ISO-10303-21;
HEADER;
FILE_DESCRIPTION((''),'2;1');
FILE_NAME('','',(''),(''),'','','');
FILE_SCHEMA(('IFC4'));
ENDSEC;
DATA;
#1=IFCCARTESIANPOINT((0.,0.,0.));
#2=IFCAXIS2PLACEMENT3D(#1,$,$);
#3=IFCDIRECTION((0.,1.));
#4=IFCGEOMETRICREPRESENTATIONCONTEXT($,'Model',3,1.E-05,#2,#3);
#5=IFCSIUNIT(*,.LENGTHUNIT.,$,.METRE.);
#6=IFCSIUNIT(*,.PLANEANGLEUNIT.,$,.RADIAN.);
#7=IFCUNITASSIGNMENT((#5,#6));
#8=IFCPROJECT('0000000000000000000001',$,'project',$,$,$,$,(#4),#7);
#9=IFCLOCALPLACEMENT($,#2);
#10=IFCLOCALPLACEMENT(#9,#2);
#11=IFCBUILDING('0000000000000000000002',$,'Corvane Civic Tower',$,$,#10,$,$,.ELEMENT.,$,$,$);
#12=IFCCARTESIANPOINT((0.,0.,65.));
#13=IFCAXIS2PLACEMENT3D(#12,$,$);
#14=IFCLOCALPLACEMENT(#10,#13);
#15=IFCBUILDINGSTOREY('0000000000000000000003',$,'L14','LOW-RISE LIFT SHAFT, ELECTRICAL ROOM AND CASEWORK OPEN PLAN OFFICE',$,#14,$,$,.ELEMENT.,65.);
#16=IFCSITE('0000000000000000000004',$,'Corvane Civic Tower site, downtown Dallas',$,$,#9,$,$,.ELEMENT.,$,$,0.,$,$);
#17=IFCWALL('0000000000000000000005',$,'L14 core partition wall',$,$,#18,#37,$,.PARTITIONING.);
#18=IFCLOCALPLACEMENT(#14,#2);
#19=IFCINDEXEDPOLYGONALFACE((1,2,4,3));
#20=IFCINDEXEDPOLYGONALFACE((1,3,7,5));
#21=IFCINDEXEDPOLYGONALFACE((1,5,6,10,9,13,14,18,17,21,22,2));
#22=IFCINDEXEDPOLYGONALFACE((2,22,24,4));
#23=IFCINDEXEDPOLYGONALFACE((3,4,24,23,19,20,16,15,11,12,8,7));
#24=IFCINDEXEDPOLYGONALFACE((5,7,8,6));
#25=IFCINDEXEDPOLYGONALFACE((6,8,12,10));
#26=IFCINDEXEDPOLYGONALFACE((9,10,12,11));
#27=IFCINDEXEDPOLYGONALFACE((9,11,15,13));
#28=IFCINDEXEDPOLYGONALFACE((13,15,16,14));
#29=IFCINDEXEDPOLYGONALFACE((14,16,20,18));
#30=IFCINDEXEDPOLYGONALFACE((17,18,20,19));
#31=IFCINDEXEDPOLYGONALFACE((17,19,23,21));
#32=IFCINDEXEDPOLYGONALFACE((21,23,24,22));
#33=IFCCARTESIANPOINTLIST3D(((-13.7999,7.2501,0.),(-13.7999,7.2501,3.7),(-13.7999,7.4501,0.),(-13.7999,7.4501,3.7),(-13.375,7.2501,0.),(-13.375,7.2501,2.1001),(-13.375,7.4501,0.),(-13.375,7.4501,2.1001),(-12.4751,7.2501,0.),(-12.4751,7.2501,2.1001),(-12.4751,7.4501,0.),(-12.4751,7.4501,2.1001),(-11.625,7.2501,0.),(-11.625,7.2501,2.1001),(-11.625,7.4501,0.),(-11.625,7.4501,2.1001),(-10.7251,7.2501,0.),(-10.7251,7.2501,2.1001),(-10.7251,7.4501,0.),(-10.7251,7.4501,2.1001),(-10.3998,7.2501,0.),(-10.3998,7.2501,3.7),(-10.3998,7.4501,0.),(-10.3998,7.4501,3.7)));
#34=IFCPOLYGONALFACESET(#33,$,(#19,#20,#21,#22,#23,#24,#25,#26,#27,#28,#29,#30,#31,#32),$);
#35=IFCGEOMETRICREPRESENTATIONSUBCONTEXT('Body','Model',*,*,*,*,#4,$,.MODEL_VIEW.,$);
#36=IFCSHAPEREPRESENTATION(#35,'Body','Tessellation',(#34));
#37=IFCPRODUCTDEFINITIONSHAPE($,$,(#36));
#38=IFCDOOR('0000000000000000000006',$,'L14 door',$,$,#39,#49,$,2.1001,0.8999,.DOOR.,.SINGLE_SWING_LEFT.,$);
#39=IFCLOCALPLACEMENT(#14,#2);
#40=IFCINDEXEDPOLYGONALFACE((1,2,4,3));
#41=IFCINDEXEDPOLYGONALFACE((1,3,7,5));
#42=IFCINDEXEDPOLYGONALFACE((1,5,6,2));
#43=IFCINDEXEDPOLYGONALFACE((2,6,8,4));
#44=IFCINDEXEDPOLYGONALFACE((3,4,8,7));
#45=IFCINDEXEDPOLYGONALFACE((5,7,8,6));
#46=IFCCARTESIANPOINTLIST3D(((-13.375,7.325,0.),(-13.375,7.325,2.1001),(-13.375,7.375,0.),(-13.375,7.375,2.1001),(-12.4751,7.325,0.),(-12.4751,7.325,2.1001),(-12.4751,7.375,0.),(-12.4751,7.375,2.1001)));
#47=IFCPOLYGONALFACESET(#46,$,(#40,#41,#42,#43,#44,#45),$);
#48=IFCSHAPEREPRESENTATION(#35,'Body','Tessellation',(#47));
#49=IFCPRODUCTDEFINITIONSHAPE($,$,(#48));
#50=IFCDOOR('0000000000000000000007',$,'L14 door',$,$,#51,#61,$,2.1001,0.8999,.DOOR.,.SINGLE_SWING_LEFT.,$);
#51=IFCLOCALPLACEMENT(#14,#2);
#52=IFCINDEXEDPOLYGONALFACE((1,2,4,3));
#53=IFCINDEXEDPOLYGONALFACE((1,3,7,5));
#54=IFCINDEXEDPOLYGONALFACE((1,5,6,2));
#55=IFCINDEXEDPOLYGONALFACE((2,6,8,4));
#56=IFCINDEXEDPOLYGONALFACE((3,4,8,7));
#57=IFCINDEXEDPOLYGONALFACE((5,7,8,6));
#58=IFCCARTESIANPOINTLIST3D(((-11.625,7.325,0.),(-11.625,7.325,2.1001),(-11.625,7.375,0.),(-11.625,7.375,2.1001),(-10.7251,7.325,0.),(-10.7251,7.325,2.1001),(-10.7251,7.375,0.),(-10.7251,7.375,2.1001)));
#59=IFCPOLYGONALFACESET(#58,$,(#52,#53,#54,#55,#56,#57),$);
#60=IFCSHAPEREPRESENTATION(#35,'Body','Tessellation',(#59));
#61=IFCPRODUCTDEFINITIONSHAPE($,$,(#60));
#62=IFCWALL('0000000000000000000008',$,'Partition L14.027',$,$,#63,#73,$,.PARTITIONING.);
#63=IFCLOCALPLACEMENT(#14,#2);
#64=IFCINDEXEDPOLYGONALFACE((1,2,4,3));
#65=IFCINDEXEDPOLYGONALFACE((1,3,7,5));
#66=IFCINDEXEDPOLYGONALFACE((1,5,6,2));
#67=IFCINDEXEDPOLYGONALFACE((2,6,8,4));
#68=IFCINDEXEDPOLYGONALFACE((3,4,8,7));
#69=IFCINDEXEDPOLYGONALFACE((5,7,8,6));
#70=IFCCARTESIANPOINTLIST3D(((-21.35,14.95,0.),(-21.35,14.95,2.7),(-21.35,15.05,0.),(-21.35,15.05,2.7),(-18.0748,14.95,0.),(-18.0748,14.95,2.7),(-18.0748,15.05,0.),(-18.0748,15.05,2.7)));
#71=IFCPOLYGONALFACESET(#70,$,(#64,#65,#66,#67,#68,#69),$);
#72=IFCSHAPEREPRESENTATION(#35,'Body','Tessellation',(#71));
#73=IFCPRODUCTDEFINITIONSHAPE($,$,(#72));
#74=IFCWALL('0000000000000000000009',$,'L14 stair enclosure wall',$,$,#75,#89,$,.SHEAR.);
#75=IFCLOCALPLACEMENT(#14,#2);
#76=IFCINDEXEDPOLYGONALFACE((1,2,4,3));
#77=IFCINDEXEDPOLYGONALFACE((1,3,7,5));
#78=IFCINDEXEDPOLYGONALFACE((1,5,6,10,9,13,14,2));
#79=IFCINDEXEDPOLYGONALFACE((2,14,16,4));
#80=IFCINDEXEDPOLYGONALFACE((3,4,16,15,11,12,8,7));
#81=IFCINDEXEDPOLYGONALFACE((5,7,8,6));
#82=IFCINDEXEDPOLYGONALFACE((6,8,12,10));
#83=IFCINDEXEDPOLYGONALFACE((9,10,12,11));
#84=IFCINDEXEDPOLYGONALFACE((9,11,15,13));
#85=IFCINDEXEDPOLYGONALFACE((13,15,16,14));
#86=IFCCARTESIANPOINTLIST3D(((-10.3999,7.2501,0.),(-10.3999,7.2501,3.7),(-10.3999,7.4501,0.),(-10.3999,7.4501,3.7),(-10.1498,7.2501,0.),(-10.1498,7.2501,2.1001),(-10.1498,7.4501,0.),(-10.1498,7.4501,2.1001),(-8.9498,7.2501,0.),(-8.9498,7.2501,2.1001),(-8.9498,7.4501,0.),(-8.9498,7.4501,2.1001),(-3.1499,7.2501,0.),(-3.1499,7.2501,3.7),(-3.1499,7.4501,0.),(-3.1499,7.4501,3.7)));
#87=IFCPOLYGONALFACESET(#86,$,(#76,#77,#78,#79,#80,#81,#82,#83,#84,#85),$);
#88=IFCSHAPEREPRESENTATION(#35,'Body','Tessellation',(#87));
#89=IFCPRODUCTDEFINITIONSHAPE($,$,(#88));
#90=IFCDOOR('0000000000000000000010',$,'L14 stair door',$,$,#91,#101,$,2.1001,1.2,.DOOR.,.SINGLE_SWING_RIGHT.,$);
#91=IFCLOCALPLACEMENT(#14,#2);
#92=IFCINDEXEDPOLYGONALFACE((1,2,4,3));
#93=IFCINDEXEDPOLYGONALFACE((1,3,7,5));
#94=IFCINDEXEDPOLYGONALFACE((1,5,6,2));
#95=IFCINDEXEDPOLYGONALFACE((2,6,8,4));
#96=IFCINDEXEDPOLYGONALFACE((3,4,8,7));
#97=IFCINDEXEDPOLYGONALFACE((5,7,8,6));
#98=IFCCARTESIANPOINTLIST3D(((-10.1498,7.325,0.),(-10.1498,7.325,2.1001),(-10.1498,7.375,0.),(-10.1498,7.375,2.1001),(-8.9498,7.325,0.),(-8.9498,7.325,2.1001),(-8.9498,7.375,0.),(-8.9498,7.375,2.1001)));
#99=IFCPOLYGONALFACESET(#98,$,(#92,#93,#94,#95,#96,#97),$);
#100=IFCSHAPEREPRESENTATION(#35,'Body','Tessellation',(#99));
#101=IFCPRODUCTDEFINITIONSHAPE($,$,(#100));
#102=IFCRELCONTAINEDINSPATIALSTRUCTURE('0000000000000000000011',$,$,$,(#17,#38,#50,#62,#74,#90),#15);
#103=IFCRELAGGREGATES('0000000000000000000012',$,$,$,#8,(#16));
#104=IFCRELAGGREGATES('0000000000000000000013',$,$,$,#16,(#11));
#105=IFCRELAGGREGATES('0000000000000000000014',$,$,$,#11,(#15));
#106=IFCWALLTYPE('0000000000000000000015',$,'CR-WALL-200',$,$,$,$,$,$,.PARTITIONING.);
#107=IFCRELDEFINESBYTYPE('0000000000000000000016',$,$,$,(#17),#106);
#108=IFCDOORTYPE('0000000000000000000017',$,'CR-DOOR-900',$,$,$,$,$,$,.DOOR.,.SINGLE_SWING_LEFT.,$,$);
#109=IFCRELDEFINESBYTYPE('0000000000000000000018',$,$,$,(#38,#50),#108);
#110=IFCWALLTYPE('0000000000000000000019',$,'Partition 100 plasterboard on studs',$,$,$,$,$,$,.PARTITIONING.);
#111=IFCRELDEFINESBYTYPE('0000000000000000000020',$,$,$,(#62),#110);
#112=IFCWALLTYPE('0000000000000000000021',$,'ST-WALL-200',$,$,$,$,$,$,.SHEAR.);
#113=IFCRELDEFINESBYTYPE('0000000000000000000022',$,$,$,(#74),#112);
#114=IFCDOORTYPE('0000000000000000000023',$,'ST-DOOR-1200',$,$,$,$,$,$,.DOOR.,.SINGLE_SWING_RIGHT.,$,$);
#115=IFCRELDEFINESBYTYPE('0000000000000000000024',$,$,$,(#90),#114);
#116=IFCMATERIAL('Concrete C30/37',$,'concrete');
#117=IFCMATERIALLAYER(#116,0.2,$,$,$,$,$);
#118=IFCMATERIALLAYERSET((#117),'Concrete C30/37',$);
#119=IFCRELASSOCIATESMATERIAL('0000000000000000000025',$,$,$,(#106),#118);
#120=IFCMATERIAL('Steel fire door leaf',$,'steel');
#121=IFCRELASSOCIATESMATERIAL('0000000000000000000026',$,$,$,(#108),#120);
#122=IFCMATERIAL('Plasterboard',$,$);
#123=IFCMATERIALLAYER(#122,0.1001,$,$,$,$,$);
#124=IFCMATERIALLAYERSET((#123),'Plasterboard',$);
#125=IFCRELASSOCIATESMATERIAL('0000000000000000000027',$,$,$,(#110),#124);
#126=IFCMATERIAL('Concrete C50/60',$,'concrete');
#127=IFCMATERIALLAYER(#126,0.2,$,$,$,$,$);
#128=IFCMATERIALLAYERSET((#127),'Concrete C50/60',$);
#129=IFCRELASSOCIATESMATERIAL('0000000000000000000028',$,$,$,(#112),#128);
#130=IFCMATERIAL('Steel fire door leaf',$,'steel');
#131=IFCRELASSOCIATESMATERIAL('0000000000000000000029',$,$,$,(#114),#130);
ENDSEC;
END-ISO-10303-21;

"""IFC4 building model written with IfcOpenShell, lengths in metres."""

from ifc_helpers import new_model, si_unit, direction, frame, frame_2d, origin, place, context, subcontext, project, spatial, rectangle, extrude, material, layer, layer_set, type_object, element, fill, save


model = new_model("IFC4")

# Units and contexts
model_context = context("Model", 3, precision=1e-05, world=origin(), true_north=direction((0.0, 1.0)))
body_context = subcontext(model_context, "Body", "Model", "MODEL_VIEW")
ifc_project = project(units=[si_unit("LENGTHUNIT", "METRE"), si_unit("PLANEANGLEUNIT", "RADIAN")], contexts=[model_context])

# Site, building, storey
site_placement = place(None, origin())
site = spatial("IfcSite", under=ifc_project, at=site_placement, Name="Corvane Civic Tower site, downtown Dallas", CompositionType="ELEMENT", RefElevation=0.0)
building_placement = place(site_placement, origin())
building = spatial("IfcBuilding", under=site, at=building_placement, Name="Corvane Civic Tower", CompositionType="ELEMENT")
storey_placement = place(building_placement, frame((0.0, 0.0, 65.0)))
storey = spatial("IfcBuildingStorey", under=building, at=storey_placement, Name="L14", Description="LOW-RISE LIFT SHAFT, ELECTRICAL ROOM AND CASEWORK OPEN PLAN OFFICE", CompositionType="ELEMENT", Elevation=65.0)

# Wall, openings, doors
ifc_material_1 = material(Name="Concrete C30/37", Category="concrete")
ifc_layer_1 = layer(ifc_material_1, 0.2)
ifc_layer_set_1 = layer_set([ifc_layer_1], Name="Concrete C30/37")
wall_type_1 = type_object("IfcWallType", Name="CR-WALL-200", PredefinedType="PARTITIONING", material=ifc_layer_set_1)
wall_1_placement = place(storey_placement, frame((-13.8, 7.3501, 0.0), z_axis=(0.0, 0.0, 1.0), x_axis=(1.0, 0.0, 0.0)))
wall_1 = element("IfcWall", 1, at=wall_1_placement, inside=storey, type_object=wall_type_1, Name="L14 core partition wall", PredefinedType="PARTITIONING", context=body_context, shape_type="SweptSolid", body=[
    extrude(rectangle(XDim=3.4001, YDim=0.2, at=frame_2d((1.7002, 0.0))), origin(), (0.0, 0.0, 1.0), 3.7),
])
opening_1_placement = place(wall_1_placement, frame((0.425, 0.0, 0.0)))
opening_1 = element("IfcOpeningElement", 2, at=opening_1_placement, cuts=wall_1, PredefinedType="OPENING", context=body_context, shape_type="SweptSolid", body=[
    extrude(rectangle(XDim=0.8999, YDim=2.1001, at=frame_2d((0.45, 1.05))), frame((0.0, 0.1099, 0.0), z_axis=(0.0, -1.0, 0.0), x_axis=(1.0, 0.0, 0.0)), (0.0, 0.0, 1.0), 0.22),
])
opening_2_placement = place(wall_1_placement, frame((2.175, 0.0, 0.0)))
opening_2 = element("IfcOpeningElement", 3, at=opening_2_placement, cuts=wall_1, PredefinedType="OPENING", context=body_context, shape_type="SweptSolid", body=[
    extrude(rectangle(XDim=0.8999, YDim=2.1001, at=frame_2d((0.45, 1.05))), frame((0.0, 0.1099, 0.0), z_axis=(0.0, -1.0, 0.0), x_axis=(1.0, 0.0, 0.0)), (0.0, 0.0, 1.0), 0.22),
])
ifc_material_2 = material(Name="Steel fire door leaf", Category="steel")
door_type_1 = type_object("IfcDoorType", Name="CR-DOOR-900", OperationType="SINGLE_SWING_LEFT", PredefinedType="DOOR", material=ifc_material_2)
door_1_placement = place(opening_1_placement, origin())
door_1 = element("IfcDoor", 4, at=door_1_placement, inside=storey, type_object=door_type_1, Name="L14 door", OperationType="SINGLE_SWING_LEFT", OverallHeight=2.1001, OverallWidth=0.8999, PredefinedType="DOOR", context=body_context, shape_type="SweptSolid", body=[
    extrude(rectangle(XDim=0.8999, YDim=2.1001, at=frame_2d((0.45, 1.05))), frame((0.0, 0.0249, 0.0), z_axis=(0.0, -1.0, 0.0), x_axis=(1.0, 0.0, 0.0)), (0.0, 0.0, 1.0), 0.05),
])
fill(opening_1, door_1)
door_2_placement = place(opening_2_placement, origin())
door_2 = element("IfcDoor", 5, at=door_2_placement, inside=storey, type_object=door_type_1, Name="L14 door", OperationType="SINGLE_SWING_LEFT", OverallHeight=2.1001, OverallWidth=0.8999, PredefinedType="DOOR", context=body_context, shape_type="SweptSolid", body=[
    extrude(rectangle(XDim=0.8999, YDim=2.1001, at=frame_2d((0.45, 1.05))), frame((0.0, 0.0249, 0.0), z_axis=(0.0, -1.0, 0.0), x_axis=(1.0, 0.0, 0.0)), (0.0, 0.0, 1.0), 0.05),
])
fill(opening_2, door_2)

# Wall
ifc_material_3 = material(Name="Plasterboard")
ifc_layer_2 = layer(ifc_material_3, 0.1001)
ifc_layer_set_2 = layer_set([ifc_layer_2], Name="Plasterboard")
wall_type_2 = type_object("IfcWallType", Name="Partition 100 plasterboard on studs", PredefinedType="PARTITIONING", material=ifc_layer_set_2)
wall_2_placement = place(storey_placement, frame((-21.3501, 15.0, 0.0), z_axis=(0.0, 0.0, 1.0), x_axis=(1.0, 0.0, 0.0)))
element("IfcWall", 6, at=wall_2_placement, inside=storey, type_object=wall_type_2, Name="Partition L14.027", PredefinedType="PARTITIONING", context=body_context, shape_type="SweptSolid", body=[
    extrude(rectangle(XDim=3.2751, YDim=0.1001, at=frame_2d((1.6377, 0.0))), origin(), (0.0, 0.0, 1.0), 2.7),
])

# Wall, opening, door
ifc_material_4 = material(Name="Concrete C50/60", Category="concrete")
ifc_layer_3 = layer(ifc_material_4, 0.2)
ifc_layer_set_3 = layer_set([ifc_layer_3], Name="Concrete C50/60")
wall_type_3 = type_object("IfcWallType", Name="ST-WALL-200", PredefinedType="SHEAR", material=ifc_layer_set_3)
wall_3_placement = place(storey_placement, frame((-10.3999, 7.3501, 0.0), z_axis=(0.0, 0.0, 1.0), x_axis=(1.0, 0.0, 0.0)))
wall_3 = element("IfcWall", 7, at=wall_3_placement, inside=storey, type_object=wall_type_3, Name="L14 stair enclosure wall", PredefinedType="SHEAR", context=body_context, shape_type="SweptSolid", body=[
    extrude(rectangle(XDim=7.25, YDim=0.2, at=frame_2d((3.625, 0.0))), origin(), (0.0, 0.0, 1.0), 3.7),
])
opening_3_placement = place(wall_3_placement, frame((0.25, 0.0, 0.0)))
opening_3 = element("IfcOpeningElement", 8, at=opening_3_placement, cuts=wall_3, PredefinedType="OPENING", context=body_context, shape_type="SweptSolid", body=[
    extrude(rectangle(XDim=1.2, YDim=2.1001, at=frame_2d((0.6001, 1.05))), frame((0.0, 0.1099, 0.0), z_axis=(0.0, -1.0, 0.0), x_axis=(1.0, 0.0, 0.0)), (0.0, 0.0, 1.0), 0.22),
])
ifc_material_5 = material(Name="Steel fire door leaf", Category="steel")
door_type_2 = type_object("IfcDoorType", Name="ST-DOOR-1200", OperationType="SINGLE_SWING_RIGHT", PredefinedType="DOOR", material=ifc_material_5)
door_3_placement = place(opening_3_placement, origin())
door_3 = element("IfcDoor", 9, at=door_3_placement, inside=storey, type_object=door_type_2, Name="L14 stair door", OperationType="SINGLE_SWING_RIGHT", OverallHeight=2.1001, OverallWidth=1.2, PredefinedType="DOOR", context=body_context, shape_type="SweptSolid", body=[
    extrude(rectangle(XDim=1.2, YDim=2.1001, at=frame_2d((0.6001, 1.05))), frame((0.0, 0.0249, 0.0), z_axis=(0.0, -1.0, 0.0), x_axis=(1.0, 0.0, 0.0)), (0.0, 0.0, 1.0), 0.05),
])
fill(opening_3, door_3)

save(model, "model.ifc")
